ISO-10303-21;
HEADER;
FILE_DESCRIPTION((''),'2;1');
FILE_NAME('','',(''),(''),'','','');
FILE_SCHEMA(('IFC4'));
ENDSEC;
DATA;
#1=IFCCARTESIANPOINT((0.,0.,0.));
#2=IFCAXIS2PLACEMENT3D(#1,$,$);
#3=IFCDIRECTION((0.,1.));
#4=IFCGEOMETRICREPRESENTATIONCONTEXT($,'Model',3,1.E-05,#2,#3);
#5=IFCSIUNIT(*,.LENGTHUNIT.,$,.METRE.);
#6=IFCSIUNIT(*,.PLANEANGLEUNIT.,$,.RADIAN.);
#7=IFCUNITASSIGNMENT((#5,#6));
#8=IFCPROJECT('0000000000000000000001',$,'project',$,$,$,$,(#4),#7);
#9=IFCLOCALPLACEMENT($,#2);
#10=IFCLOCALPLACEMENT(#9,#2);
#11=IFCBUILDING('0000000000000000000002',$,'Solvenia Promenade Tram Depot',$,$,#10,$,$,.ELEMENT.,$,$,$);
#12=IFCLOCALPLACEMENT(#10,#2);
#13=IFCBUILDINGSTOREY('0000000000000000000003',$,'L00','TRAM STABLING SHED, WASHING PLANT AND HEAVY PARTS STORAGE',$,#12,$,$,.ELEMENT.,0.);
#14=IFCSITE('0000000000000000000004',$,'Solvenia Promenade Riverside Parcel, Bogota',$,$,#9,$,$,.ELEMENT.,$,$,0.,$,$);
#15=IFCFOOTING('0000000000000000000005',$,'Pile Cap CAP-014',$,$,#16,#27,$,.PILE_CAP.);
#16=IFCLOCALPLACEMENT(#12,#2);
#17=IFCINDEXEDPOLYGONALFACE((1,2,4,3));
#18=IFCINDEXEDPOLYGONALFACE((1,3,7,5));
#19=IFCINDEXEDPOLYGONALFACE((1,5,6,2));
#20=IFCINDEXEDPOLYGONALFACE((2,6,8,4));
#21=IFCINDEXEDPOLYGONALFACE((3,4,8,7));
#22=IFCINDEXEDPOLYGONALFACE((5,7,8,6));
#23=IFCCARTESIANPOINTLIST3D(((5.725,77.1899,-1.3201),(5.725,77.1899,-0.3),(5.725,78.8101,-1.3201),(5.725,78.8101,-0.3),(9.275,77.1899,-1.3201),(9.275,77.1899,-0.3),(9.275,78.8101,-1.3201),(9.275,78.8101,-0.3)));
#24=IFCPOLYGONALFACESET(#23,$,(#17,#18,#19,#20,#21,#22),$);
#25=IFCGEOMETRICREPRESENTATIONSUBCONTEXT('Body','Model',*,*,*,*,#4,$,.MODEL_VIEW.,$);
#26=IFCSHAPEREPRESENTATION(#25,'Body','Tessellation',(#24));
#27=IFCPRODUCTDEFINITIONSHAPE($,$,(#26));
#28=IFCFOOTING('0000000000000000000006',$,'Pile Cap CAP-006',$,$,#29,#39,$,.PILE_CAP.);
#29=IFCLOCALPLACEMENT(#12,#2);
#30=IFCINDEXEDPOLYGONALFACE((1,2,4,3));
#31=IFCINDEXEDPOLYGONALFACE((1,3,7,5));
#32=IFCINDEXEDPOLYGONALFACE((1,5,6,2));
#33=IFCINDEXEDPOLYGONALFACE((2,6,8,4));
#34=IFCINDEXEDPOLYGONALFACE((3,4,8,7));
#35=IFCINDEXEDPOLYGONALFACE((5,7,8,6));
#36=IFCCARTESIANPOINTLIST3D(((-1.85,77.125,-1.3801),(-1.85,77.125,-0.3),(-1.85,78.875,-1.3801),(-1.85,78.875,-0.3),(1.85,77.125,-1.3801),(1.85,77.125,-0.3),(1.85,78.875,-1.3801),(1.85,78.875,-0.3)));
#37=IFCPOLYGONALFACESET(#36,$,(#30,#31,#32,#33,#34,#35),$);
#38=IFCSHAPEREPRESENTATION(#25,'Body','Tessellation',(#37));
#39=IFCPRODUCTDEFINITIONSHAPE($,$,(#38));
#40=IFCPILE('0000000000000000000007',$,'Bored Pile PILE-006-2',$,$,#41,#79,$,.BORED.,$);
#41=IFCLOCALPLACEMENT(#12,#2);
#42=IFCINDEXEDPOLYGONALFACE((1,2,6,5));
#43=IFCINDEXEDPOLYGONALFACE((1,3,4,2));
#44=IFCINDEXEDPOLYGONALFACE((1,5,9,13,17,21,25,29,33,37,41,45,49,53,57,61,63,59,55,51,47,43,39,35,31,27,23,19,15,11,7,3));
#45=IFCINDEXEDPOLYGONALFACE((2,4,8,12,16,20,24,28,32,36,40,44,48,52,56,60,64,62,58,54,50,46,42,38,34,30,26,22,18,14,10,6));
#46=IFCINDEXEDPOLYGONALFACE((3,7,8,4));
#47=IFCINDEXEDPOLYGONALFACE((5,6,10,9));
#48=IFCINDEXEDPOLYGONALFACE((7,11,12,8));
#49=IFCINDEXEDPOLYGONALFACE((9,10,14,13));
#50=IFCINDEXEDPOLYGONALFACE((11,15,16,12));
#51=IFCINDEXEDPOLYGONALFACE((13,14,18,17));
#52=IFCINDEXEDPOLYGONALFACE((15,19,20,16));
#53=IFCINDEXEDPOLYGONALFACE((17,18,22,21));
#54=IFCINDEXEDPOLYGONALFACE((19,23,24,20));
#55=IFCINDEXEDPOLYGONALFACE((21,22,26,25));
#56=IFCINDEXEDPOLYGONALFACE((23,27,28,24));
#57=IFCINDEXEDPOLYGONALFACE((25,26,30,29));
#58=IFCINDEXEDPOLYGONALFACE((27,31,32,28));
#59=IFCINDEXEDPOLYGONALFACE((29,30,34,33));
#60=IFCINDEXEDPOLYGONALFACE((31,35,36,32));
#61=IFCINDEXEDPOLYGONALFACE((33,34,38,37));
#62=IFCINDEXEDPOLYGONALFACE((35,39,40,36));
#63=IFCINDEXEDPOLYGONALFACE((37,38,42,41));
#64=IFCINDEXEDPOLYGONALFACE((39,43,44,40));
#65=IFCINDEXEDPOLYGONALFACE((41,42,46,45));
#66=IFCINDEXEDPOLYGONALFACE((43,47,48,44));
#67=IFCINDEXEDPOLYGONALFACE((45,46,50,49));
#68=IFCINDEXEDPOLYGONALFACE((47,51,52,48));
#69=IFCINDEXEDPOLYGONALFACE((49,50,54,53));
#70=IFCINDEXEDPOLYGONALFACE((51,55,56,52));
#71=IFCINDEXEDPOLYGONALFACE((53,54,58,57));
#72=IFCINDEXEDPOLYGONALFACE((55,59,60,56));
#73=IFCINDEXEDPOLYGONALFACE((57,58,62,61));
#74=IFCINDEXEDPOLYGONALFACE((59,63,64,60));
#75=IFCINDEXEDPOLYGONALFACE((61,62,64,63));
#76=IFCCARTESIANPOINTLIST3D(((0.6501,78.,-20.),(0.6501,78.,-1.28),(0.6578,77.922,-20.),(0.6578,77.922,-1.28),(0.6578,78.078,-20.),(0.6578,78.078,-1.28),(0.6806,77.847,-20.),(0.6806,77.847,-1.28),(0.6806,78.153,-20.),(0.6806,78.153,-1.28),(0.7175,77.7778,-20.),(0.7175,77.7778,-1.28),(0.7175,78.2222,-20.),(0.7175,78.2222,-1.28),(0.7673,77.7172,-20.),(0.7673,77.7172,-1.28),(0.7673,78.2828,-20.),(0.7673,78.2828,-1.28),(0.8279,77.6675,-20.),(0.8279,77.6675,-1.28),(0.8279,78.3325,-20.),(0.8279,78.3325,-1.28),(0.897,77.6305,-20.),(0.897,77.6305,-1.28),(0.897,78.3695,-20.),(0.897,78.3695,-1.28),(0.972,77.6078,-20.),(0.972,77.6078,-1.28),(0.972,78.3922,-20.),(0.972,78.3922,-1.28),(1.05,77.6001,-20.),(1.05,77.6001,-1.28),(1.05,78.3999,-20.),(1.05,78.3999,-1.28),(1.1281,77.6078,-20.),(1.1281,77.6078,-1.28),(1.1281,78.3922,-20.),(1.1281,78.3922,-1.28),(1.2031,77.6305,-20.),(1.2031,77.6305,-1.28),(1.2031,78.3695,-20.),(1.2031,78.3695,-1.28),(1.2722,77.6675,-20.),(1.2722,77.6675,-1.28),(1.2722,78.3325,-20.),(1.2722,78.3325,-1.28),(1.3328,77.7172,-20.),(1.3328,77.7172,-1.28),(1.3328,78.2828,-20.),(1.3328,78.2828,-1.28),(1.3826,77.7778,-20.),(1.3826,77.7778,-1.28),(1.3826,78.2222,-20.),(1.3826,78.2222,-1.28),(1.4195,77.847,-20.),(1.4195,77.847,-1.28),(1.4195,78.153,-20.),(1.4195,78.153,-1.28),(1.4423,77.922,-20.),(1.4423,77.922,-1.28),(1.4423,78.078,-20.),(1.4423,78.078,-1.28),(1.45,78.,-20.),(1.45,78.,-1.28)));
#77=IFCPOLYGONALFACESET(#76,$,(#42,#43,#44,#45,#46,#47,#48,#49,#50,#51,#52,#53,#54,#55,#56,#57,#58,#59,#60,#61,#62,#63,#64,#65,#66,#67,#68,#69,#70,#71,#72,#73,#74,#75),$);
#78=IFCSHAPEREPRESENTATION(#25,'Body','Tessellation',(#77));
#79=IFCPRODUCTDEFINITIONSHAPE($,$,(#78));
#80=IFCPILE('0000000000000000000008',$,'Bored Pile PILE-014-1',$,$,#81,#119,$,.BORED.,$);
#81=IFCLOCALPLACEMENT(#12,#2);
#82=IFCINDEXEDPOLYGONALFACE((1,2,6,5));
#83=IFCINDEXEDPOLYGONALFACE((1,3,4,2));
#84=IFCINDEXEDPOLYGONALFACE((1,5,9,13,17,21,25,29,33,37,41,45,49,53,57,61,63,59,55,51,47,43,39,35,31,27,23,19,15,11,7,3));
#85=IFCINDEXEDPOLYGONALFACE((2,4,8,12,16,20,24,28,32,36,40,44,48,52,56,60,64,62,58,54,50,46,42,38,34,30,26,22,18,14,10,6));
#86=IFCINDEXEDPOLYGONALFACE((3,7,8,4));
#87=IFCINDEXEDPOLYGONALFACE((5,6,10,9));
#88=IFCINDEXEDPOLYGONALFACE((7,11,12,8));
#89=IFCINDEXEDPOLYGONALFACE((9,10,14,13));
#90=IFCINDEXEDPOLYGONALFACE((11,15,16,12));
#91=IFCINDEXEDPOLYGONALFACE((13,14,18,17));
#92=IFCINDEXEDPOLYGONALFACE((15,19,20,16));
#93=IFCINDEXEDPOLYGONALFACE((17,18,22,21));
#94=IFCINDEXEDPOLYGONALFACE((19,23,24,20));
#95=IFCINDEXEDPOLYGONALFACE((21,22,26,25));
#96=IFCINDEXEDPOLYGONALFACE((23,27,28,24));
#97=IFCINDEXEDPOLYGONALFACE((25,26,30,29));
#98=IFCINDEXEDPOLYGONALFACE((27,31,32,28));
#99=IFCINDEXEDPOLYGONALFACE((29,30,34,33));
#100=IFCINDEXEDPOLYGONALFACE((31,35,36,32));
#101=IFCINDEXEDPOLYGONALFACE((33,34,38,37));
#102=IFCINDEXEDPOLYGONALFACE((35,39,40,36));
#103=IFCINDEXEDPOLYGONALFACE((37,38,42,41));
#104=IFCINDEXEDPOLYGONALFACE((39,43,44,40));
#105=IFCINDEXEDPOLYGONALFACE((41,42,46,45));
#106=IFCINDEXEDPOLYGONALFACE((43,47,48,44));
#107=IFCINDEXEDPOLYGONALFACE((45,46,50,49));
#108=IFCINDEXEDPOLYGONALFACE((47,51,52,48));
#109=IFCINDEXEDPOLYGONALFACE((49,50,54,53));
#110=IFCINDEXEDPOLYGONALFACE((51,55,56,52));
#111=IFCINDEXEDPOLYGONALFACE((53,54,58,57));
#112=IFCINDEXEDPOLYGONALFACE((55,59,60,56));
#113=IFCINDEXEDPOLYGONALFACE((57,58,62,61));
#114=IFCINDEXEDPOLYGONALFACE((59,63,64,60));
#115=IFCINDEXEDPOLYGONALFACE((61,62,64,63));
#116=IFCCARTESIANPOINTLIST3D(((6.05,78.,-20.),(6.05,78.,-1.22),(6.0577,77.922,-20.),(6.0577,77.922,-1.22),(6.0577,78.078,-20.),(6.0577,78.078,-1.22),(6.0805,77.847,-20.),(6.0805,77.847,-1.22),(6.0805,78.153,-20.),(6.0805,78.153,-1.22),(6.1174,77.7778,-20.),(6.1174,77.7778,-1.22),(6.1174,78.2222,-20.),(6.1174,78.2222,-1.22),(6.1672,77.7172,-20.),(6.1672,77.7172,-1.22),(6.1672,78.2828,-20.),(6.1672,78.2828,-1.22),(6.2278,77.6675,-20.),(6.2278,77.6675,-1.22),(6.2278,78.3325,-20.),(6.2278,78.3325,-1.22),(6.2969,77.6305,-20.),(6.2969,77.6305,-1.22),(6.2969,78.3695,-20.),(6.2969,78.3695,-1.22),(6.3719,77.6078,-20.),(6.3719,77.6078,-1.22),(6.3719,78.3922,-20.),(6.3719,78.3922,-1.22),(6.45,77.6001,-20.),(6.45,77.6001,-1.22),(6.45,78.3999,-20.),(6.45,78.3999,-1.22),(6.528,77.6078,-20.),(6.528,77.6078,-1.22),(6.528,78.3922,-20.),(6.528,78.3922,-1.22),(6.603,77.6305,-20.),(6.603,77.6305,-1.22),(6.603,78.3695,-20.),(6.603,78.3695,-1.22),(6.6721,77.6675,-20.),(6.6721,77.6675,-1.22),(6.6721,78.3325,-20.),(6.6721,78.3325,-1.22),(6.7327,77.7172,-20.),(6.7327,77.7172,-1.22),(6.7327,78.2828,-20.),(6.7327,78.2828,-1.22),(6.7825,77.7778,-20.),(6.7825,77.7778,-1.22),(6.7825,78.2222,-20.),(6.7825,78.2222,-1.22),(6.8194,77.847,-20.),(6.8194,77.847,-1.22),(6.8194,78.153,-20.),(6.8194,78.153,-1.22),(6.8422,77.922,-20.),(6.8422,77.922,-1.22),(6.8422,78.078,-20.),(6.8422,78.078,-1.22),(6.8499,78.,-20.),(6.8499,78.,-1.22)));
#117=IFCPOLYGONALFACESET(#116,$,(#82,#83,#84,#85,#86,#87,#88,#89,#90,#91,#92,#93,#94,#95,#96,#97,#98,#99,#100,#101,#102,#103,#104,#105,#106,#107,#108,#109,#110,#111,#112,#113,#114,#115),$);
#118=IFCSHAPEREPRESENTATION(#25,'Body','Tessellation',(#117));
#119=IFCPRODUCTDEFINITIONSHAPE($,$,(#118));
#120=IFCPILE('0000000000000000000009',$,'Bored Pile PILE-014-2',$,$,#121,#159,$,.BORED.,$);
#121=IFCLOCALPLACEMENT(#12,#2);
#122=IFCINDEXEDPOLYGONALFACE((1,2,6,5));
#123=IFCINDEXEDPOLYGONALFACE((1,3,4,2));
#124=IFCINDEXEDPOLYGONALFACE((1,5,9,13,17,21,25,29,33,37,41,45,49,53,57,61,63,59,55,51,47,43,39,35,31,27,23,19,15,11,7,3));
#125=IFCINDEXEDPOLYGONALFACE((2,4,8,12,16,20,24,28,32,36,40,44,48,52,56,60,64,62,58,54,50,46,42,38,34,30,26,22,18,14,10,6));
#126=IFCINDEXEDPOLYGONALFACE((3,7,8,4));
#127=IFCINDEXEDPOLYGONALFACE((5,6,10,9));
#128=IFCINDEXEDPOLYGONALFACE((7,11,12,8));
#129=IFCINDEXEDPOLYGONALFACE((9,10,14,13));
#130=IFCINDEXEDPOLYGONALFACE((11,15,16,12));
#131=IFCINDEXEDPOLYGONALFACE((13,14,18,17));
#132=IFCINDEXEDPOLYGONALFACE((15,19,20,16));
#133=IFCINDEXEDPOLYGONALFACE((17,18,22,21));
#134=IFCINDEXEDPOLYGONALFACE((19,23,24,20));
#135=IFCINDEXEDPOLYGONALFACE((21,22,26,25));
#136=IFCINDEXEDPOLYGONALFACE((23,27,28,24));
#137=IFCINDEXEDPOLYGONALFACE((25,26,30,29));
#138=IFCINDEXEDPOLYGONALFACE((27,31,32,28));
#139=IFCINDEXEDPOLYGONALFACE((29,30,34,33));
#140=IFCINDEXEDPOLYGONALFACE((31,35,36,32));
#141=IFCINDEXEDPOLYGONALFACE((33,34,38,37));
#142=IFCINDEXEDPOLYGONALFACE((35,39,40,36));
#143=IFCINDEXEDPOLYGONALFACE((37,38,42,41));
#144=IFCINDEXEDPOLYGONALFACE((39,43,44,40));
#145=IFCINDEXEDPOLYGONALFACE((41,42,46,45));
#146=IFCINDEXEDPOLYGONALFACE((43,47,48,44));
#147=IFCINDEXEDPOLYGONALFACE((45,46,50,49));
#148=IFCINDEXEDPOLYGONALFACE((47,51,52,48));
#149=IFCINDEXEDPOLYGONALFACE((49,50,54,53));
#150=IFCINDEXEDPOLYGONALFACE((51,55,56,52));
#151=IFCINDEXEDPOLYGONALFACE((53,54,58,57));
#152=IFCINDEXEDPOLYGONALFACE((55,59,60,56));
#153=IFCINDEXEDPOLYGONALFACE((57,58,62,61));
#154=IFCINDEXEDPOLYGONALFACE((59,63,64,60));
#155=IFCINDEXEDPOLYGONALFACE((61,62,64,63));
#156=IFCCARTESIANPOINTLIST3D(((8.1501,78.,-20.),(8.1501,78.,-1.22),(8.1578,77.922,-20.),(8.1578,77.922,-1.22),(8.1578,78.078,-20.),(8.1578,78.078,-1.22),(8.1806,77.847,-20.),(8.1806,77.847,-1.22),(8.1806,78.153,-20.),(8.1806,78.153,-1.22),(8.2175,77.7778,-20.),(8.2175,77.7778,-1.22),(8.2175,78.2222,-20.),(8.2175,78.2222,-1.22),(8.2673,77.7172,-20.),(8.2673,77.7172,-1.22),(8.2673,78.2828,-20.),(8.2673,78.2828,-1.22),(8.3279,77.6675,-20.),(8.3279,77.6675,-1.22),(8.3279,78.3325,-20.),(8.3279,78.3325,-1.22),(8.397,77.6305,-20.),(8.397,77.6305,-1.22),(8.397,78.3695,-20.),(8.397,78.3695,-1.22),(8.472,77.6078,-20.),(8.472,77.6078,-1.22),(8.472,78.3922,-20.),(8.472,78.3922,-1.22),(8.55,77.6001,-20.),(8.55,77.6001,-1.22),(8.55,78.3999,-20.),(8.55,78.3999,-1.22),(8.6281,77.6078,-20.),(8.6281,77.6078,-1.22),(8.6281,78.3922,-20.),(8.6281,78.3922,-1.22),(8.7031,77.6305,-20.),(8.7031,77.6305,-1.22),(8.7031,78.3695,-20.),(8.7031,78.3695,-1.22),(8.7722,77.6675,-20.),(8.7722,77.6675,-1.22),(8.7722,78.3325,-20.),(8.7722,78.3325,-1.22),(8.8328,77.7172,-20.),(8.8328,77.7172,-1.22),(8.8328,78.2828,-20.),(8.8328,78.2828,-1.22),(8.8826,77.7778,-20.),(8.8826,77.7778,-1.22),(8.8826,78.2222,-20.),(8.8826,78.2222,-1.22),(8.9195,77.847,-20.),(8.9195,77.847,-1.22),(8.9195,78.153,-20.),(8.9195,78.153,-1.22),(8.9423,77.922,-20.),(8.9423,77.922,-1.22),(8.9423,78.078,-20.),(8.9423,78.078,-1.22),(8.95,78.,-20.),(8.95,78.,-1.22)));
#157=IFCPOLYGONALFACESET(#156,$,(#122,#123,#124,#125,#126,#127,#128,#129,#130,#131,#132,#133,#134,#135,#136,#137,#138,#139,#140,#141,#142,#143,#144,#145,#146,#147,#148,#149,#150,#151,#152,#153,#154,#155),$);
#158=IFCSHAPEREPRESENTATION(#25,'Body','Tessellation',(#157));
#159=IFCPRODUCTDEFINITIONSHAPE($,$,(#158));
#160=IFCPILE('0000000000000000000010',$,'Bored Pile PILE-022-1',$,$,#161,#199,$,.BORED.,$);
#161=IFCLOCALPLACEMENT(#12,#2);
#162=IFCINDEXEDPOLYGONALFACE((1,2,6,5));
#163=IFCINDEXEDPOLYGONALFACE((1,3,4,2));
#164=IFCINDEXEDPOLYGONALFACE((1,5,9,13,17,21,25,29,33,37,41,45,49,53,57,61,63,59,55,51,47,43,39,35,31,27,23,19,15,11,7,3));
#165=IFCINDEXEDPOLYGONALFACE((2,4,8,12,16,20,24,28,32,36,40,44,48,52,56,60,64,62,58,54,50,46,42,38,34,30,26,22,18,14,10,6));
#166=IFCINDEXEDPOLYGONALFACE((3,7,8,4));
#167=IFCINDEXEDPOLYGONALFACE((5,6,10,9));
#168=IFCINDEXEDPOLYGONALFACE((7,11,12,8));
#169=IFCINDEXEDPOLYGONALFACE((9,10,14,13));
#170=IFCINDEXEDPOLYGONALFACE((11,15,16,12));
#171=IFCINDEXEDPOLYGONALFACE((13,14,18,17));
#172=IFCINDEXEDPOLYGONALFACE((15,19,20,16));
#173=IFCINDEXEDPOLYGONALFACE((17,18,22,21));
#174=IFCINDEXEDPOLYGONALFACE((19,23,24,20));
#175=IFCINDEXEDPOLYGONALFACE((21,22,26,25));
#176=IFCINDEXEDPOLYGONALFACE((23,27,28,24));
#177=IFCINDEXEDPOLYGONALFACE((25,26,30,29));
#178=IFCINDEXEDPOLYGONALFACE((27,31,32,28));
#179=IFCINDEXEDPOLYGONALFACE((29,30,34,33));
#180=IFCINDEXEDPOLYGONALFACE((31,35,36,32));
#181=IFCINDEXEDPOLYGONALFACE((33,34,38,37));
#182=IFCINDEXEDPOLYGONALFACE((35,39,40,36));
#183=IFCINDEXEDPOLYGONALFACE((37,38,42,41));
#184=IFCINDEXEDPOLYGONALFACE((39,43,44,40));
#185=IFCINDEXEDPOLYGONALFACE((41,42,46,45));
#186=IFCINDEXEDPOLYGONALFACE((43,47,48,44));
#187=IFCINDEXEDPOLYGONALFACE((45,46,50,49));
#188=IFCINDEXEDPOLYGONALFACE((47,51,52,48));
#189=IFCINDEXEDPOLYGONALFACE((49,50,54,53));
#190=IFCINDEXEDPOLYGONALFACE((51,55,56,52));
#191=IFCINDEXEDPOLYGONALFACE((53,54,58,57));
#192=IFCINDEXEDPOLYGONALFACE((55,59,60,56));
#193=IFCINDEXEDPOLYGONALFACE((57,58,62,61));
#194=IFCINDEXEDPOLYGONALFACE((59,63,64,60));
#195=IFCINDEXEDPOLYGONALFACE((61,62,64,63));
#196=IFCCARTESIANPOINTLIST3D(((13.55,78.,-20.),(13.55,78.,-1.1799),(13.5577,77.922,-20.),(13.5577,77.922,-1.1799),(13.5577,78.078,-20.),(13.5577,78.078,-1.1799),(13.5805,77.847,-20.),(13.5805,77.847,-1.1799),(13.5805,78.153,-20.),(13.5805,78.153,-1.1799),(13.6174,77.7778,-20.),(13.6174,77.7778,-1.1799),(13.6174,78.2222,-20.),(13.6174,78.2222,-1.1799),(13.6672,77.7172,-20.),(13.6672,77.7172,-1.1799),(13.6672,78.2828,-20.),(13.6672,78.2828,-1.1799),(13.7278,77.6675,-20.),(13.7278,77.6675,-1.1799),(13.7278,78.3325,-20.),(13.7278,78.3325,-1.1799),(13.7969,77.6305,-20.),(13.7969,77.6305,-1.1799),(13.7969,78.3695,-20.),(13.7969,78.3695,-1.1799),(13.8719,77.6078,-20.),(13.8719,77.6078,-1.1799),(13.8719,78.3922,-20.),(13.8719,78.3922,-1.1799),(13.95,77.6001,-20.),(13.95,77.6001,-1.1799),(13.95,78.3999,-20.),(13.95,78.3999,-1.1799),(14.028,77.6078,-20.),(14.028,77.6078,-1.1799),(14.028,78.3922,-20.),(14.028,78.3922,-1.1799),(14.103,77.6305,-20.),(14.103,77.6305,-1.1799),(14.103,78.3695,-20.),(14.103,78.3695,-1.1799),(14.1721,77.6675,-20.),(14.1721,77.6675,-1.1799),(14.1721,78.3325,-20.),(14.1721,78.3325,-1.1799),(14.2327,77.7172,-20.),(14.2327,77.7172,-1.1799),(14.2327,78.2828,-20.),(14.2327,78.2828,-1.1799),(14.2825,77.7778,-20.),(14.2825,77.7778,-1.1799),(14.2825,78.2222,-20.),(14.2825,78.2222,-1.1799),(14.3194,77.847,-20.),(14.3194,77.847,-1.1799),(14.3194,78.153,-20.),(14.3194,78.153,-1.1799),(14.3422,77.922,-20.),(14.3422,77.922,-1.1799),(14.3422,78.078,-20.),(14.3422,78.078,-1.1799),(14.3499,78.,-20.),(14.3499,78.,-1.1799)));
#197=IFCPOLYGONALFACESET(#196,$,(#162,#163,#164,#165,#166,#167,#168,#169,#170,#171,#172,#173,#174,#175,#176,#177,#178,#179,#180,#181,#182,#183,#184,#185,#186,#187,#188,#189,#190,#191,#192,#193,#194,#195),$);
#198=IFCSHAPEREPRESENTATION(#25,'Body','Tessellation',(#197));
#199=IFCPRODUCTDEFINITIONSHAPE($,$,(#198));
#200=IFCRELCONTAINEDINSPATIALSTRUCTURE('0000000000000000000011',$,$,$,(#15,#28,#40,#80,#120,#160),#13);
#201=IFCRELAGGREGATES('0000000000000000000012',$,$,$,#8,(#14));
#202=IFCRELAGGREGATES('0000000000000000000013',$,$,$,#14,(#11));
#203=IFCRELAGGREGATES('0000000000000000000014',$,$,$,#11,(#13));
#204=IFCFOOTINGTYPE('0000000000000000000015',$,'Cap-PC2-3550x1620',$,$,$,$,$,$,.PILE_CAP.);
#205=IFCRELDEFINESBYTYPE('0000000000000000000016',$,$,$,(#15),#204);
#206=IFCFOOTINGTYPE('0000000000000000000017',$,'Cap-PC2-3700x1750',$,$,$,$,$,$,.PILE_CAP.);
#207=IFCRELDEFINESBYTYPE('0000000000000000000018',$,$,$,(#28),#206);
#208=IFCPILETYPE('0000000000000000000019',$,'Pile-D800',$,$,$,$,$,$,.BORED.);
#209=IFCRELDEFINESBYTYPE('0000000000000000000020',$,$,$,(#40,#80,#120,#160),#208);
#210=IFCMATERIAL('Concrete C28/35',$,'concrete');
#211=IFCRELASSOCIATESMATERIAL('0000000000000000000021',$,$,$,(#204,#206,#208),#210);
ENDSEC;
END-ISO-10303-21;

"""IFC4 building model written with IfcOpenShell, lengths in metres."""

from ifc_helpers import new_model, si_unit, direction, frame, origin, origin_2d, place, context, subcontext, project, spatial, rectangle, circle, extrude, material, material_profile, profile_set, type_object, element, save


model = new_model("IFC4")

# Units and contexts
model_context = context("Model", 3, precision=1e-05, world=origin(), true_north=direction((0.0, 1.0)))
body_context = subcontext(model_context, "Body", "Model", "MODEL_VIEW")
ifc_project = project(units=[si_unit("LENGTHUNIT", "METRE"), si_unit("PLANEANGLEUNIT", "RADIAN")], contexts=[model_context])

# Site, building, storey
site_placement = place(None, origin())
site = spatial("IfcSite", under=ifc_project, at=site_placement, Name="Solvenia Promenade Riverside Parcel, Bogota", CompositionType="ELEMENT", RefElevation=0.0)
building_placement = place(site_placement, origin())
building = spatial("IfcBuilding", under=site, at=building_placement, Name="Solvenia Promenade Tram Depot", CompositionType="ELEMENT")
storey_placement = place(building_placement, origin())
storey = spatial("IfcBuildingStorey", under=building, at=storey_placement, Name="L00", Description="TRAM STABLING SHED, WASHING PLANT AND HEAVY PARTS STORAGE", CompositionType="ELEMENT", Elevation=0.0)

# Footings
ifc_material_1 = material(Name="Concrete C28/35", Category="concrete")
footing_type_1 = type_object("IfcFootingType", Name="Cap-PC2-3550x1620", PredefinedType="PILE_CAP", material=ifc_material_1)
footing_1_placement = place(storey_placement, frame((7.5, 78.0, -1.3201), z_axis=(0.0, 0.0, 1.0), x_axis=(1.0, 0.0, 0.0)))
element("IfcFooting", 1, at=footing_1_placement, inside=storey, type_object=footing_type_1, Name="Pile Cap CAP-014", PredefinedType="PILE_CAP", context=body_context, shape_type="SweptSolid", body=[
    extrude(rectangle(XDim=3.55, YDim=1.6201, at=origin_2d()), origin(), (0.0, 0.0, 1.0), 1.02),
])
footing_type_2 = type_object("IfcFootingType", Name="Cap-PC2-3700x1750", PredefinedType="PILE_CAP", material=ifc_material_1)
footing_2_placement = place(storey_placement, frame((0.0, 78.0, -1.3801), z_axis=(0.0, 0.0, 1.0), x_axis=(1.0, 0.0, 0.0)))
element("IfcFooting", 2, at=footing_2_placement, inside=storey, type_object=footing_type_2, Name="Pile Cap CAP-006", PredefinedType="PILE_CAP", context=body_context, shape_type="SweptSolid", body=[
    extrude(rectangle(XDim=3.7, YDim=1.75, at=origin_2d()), origin(), (0.0, 0.0, 1.0), 1.0801),
])

# Piles
ifc_material_profile_1 = material_profile(ifc_material_1, circle(Radius=0.3999, at=origin_2d()), Name="D800", Category="concrete")
ifc_profile_set_1 = profile_set([ifc_material_profile_1], Name="Concrete C28/35")
pile_type = type_object("IfcPileType", Name="Pile-D800", PredefinedType="BORED", material=ifc_profile_set_1)
pile_1_placement = place(storey_placement, frame((1.05, 78.0, -1.28), z_axis=(0.0, 0.0, -1.0), x_axis=(1.0, 0.0, 0.0)))
element("IfcPile", 3, at=pile_1_placement, inside=storey, type_object=pile_type, Name="Bored Pile PILE-006-2", PredefinedType="BORED", context=body_context, shape_type="SweptSolid", body=[
    extrude(circle(Radius=0.3999, at=origin_2d()), origin(), (0.0, 0.0, 1.0), 18.72),
])
for number, where, z_axis, x_axis, name in (
    (4, (6.45, 78.0, -1.22), (0.0, 0.0, -1.0), (1.0, 0.0, 0.0), "Bored Pile PILE-014-1"),
    (5, (8.55, 78.0, -1.22), (0.0, 0.0, -1.0), (1.0, 0.0, 0.0), "Bored Pile PILE-014-2"),
):
    element("IfcPile", number, at=place(storey_placement, frame(where, z_axis=z_axis, x_axis=x_axis)), inside=storey, type_object=pile_type, Name=name, PredefinedType="BORED", context=body_context, shape_type="SweptSolid", body=[
        extrude(circle(Radius=0.3999, at=origin_2d()), origin(), (0.0, 0.0, 1.0), 18.78),
    ])
pile_2_placement = place(storey_placement, frame((13.95, 78.0, -1.1799), z_axis=(0.0, 0.0, -1.0), x_axis=(1.0, 0.0, 0.0)))
element("IfcPile", 6, at=pile_2_placement, inside=storey, type_object=pile_type, Name="Bored Pile PILE-022-1", PredefinedType="BORED", context=body_context, shape_type="SweptSolid", body=[
    extrude(circle(Radius=0.3999, at=origin_2d()), origin(), (0.0, 0.0, 1.0), 18.8201),
])

save(model, "model.ifc")
